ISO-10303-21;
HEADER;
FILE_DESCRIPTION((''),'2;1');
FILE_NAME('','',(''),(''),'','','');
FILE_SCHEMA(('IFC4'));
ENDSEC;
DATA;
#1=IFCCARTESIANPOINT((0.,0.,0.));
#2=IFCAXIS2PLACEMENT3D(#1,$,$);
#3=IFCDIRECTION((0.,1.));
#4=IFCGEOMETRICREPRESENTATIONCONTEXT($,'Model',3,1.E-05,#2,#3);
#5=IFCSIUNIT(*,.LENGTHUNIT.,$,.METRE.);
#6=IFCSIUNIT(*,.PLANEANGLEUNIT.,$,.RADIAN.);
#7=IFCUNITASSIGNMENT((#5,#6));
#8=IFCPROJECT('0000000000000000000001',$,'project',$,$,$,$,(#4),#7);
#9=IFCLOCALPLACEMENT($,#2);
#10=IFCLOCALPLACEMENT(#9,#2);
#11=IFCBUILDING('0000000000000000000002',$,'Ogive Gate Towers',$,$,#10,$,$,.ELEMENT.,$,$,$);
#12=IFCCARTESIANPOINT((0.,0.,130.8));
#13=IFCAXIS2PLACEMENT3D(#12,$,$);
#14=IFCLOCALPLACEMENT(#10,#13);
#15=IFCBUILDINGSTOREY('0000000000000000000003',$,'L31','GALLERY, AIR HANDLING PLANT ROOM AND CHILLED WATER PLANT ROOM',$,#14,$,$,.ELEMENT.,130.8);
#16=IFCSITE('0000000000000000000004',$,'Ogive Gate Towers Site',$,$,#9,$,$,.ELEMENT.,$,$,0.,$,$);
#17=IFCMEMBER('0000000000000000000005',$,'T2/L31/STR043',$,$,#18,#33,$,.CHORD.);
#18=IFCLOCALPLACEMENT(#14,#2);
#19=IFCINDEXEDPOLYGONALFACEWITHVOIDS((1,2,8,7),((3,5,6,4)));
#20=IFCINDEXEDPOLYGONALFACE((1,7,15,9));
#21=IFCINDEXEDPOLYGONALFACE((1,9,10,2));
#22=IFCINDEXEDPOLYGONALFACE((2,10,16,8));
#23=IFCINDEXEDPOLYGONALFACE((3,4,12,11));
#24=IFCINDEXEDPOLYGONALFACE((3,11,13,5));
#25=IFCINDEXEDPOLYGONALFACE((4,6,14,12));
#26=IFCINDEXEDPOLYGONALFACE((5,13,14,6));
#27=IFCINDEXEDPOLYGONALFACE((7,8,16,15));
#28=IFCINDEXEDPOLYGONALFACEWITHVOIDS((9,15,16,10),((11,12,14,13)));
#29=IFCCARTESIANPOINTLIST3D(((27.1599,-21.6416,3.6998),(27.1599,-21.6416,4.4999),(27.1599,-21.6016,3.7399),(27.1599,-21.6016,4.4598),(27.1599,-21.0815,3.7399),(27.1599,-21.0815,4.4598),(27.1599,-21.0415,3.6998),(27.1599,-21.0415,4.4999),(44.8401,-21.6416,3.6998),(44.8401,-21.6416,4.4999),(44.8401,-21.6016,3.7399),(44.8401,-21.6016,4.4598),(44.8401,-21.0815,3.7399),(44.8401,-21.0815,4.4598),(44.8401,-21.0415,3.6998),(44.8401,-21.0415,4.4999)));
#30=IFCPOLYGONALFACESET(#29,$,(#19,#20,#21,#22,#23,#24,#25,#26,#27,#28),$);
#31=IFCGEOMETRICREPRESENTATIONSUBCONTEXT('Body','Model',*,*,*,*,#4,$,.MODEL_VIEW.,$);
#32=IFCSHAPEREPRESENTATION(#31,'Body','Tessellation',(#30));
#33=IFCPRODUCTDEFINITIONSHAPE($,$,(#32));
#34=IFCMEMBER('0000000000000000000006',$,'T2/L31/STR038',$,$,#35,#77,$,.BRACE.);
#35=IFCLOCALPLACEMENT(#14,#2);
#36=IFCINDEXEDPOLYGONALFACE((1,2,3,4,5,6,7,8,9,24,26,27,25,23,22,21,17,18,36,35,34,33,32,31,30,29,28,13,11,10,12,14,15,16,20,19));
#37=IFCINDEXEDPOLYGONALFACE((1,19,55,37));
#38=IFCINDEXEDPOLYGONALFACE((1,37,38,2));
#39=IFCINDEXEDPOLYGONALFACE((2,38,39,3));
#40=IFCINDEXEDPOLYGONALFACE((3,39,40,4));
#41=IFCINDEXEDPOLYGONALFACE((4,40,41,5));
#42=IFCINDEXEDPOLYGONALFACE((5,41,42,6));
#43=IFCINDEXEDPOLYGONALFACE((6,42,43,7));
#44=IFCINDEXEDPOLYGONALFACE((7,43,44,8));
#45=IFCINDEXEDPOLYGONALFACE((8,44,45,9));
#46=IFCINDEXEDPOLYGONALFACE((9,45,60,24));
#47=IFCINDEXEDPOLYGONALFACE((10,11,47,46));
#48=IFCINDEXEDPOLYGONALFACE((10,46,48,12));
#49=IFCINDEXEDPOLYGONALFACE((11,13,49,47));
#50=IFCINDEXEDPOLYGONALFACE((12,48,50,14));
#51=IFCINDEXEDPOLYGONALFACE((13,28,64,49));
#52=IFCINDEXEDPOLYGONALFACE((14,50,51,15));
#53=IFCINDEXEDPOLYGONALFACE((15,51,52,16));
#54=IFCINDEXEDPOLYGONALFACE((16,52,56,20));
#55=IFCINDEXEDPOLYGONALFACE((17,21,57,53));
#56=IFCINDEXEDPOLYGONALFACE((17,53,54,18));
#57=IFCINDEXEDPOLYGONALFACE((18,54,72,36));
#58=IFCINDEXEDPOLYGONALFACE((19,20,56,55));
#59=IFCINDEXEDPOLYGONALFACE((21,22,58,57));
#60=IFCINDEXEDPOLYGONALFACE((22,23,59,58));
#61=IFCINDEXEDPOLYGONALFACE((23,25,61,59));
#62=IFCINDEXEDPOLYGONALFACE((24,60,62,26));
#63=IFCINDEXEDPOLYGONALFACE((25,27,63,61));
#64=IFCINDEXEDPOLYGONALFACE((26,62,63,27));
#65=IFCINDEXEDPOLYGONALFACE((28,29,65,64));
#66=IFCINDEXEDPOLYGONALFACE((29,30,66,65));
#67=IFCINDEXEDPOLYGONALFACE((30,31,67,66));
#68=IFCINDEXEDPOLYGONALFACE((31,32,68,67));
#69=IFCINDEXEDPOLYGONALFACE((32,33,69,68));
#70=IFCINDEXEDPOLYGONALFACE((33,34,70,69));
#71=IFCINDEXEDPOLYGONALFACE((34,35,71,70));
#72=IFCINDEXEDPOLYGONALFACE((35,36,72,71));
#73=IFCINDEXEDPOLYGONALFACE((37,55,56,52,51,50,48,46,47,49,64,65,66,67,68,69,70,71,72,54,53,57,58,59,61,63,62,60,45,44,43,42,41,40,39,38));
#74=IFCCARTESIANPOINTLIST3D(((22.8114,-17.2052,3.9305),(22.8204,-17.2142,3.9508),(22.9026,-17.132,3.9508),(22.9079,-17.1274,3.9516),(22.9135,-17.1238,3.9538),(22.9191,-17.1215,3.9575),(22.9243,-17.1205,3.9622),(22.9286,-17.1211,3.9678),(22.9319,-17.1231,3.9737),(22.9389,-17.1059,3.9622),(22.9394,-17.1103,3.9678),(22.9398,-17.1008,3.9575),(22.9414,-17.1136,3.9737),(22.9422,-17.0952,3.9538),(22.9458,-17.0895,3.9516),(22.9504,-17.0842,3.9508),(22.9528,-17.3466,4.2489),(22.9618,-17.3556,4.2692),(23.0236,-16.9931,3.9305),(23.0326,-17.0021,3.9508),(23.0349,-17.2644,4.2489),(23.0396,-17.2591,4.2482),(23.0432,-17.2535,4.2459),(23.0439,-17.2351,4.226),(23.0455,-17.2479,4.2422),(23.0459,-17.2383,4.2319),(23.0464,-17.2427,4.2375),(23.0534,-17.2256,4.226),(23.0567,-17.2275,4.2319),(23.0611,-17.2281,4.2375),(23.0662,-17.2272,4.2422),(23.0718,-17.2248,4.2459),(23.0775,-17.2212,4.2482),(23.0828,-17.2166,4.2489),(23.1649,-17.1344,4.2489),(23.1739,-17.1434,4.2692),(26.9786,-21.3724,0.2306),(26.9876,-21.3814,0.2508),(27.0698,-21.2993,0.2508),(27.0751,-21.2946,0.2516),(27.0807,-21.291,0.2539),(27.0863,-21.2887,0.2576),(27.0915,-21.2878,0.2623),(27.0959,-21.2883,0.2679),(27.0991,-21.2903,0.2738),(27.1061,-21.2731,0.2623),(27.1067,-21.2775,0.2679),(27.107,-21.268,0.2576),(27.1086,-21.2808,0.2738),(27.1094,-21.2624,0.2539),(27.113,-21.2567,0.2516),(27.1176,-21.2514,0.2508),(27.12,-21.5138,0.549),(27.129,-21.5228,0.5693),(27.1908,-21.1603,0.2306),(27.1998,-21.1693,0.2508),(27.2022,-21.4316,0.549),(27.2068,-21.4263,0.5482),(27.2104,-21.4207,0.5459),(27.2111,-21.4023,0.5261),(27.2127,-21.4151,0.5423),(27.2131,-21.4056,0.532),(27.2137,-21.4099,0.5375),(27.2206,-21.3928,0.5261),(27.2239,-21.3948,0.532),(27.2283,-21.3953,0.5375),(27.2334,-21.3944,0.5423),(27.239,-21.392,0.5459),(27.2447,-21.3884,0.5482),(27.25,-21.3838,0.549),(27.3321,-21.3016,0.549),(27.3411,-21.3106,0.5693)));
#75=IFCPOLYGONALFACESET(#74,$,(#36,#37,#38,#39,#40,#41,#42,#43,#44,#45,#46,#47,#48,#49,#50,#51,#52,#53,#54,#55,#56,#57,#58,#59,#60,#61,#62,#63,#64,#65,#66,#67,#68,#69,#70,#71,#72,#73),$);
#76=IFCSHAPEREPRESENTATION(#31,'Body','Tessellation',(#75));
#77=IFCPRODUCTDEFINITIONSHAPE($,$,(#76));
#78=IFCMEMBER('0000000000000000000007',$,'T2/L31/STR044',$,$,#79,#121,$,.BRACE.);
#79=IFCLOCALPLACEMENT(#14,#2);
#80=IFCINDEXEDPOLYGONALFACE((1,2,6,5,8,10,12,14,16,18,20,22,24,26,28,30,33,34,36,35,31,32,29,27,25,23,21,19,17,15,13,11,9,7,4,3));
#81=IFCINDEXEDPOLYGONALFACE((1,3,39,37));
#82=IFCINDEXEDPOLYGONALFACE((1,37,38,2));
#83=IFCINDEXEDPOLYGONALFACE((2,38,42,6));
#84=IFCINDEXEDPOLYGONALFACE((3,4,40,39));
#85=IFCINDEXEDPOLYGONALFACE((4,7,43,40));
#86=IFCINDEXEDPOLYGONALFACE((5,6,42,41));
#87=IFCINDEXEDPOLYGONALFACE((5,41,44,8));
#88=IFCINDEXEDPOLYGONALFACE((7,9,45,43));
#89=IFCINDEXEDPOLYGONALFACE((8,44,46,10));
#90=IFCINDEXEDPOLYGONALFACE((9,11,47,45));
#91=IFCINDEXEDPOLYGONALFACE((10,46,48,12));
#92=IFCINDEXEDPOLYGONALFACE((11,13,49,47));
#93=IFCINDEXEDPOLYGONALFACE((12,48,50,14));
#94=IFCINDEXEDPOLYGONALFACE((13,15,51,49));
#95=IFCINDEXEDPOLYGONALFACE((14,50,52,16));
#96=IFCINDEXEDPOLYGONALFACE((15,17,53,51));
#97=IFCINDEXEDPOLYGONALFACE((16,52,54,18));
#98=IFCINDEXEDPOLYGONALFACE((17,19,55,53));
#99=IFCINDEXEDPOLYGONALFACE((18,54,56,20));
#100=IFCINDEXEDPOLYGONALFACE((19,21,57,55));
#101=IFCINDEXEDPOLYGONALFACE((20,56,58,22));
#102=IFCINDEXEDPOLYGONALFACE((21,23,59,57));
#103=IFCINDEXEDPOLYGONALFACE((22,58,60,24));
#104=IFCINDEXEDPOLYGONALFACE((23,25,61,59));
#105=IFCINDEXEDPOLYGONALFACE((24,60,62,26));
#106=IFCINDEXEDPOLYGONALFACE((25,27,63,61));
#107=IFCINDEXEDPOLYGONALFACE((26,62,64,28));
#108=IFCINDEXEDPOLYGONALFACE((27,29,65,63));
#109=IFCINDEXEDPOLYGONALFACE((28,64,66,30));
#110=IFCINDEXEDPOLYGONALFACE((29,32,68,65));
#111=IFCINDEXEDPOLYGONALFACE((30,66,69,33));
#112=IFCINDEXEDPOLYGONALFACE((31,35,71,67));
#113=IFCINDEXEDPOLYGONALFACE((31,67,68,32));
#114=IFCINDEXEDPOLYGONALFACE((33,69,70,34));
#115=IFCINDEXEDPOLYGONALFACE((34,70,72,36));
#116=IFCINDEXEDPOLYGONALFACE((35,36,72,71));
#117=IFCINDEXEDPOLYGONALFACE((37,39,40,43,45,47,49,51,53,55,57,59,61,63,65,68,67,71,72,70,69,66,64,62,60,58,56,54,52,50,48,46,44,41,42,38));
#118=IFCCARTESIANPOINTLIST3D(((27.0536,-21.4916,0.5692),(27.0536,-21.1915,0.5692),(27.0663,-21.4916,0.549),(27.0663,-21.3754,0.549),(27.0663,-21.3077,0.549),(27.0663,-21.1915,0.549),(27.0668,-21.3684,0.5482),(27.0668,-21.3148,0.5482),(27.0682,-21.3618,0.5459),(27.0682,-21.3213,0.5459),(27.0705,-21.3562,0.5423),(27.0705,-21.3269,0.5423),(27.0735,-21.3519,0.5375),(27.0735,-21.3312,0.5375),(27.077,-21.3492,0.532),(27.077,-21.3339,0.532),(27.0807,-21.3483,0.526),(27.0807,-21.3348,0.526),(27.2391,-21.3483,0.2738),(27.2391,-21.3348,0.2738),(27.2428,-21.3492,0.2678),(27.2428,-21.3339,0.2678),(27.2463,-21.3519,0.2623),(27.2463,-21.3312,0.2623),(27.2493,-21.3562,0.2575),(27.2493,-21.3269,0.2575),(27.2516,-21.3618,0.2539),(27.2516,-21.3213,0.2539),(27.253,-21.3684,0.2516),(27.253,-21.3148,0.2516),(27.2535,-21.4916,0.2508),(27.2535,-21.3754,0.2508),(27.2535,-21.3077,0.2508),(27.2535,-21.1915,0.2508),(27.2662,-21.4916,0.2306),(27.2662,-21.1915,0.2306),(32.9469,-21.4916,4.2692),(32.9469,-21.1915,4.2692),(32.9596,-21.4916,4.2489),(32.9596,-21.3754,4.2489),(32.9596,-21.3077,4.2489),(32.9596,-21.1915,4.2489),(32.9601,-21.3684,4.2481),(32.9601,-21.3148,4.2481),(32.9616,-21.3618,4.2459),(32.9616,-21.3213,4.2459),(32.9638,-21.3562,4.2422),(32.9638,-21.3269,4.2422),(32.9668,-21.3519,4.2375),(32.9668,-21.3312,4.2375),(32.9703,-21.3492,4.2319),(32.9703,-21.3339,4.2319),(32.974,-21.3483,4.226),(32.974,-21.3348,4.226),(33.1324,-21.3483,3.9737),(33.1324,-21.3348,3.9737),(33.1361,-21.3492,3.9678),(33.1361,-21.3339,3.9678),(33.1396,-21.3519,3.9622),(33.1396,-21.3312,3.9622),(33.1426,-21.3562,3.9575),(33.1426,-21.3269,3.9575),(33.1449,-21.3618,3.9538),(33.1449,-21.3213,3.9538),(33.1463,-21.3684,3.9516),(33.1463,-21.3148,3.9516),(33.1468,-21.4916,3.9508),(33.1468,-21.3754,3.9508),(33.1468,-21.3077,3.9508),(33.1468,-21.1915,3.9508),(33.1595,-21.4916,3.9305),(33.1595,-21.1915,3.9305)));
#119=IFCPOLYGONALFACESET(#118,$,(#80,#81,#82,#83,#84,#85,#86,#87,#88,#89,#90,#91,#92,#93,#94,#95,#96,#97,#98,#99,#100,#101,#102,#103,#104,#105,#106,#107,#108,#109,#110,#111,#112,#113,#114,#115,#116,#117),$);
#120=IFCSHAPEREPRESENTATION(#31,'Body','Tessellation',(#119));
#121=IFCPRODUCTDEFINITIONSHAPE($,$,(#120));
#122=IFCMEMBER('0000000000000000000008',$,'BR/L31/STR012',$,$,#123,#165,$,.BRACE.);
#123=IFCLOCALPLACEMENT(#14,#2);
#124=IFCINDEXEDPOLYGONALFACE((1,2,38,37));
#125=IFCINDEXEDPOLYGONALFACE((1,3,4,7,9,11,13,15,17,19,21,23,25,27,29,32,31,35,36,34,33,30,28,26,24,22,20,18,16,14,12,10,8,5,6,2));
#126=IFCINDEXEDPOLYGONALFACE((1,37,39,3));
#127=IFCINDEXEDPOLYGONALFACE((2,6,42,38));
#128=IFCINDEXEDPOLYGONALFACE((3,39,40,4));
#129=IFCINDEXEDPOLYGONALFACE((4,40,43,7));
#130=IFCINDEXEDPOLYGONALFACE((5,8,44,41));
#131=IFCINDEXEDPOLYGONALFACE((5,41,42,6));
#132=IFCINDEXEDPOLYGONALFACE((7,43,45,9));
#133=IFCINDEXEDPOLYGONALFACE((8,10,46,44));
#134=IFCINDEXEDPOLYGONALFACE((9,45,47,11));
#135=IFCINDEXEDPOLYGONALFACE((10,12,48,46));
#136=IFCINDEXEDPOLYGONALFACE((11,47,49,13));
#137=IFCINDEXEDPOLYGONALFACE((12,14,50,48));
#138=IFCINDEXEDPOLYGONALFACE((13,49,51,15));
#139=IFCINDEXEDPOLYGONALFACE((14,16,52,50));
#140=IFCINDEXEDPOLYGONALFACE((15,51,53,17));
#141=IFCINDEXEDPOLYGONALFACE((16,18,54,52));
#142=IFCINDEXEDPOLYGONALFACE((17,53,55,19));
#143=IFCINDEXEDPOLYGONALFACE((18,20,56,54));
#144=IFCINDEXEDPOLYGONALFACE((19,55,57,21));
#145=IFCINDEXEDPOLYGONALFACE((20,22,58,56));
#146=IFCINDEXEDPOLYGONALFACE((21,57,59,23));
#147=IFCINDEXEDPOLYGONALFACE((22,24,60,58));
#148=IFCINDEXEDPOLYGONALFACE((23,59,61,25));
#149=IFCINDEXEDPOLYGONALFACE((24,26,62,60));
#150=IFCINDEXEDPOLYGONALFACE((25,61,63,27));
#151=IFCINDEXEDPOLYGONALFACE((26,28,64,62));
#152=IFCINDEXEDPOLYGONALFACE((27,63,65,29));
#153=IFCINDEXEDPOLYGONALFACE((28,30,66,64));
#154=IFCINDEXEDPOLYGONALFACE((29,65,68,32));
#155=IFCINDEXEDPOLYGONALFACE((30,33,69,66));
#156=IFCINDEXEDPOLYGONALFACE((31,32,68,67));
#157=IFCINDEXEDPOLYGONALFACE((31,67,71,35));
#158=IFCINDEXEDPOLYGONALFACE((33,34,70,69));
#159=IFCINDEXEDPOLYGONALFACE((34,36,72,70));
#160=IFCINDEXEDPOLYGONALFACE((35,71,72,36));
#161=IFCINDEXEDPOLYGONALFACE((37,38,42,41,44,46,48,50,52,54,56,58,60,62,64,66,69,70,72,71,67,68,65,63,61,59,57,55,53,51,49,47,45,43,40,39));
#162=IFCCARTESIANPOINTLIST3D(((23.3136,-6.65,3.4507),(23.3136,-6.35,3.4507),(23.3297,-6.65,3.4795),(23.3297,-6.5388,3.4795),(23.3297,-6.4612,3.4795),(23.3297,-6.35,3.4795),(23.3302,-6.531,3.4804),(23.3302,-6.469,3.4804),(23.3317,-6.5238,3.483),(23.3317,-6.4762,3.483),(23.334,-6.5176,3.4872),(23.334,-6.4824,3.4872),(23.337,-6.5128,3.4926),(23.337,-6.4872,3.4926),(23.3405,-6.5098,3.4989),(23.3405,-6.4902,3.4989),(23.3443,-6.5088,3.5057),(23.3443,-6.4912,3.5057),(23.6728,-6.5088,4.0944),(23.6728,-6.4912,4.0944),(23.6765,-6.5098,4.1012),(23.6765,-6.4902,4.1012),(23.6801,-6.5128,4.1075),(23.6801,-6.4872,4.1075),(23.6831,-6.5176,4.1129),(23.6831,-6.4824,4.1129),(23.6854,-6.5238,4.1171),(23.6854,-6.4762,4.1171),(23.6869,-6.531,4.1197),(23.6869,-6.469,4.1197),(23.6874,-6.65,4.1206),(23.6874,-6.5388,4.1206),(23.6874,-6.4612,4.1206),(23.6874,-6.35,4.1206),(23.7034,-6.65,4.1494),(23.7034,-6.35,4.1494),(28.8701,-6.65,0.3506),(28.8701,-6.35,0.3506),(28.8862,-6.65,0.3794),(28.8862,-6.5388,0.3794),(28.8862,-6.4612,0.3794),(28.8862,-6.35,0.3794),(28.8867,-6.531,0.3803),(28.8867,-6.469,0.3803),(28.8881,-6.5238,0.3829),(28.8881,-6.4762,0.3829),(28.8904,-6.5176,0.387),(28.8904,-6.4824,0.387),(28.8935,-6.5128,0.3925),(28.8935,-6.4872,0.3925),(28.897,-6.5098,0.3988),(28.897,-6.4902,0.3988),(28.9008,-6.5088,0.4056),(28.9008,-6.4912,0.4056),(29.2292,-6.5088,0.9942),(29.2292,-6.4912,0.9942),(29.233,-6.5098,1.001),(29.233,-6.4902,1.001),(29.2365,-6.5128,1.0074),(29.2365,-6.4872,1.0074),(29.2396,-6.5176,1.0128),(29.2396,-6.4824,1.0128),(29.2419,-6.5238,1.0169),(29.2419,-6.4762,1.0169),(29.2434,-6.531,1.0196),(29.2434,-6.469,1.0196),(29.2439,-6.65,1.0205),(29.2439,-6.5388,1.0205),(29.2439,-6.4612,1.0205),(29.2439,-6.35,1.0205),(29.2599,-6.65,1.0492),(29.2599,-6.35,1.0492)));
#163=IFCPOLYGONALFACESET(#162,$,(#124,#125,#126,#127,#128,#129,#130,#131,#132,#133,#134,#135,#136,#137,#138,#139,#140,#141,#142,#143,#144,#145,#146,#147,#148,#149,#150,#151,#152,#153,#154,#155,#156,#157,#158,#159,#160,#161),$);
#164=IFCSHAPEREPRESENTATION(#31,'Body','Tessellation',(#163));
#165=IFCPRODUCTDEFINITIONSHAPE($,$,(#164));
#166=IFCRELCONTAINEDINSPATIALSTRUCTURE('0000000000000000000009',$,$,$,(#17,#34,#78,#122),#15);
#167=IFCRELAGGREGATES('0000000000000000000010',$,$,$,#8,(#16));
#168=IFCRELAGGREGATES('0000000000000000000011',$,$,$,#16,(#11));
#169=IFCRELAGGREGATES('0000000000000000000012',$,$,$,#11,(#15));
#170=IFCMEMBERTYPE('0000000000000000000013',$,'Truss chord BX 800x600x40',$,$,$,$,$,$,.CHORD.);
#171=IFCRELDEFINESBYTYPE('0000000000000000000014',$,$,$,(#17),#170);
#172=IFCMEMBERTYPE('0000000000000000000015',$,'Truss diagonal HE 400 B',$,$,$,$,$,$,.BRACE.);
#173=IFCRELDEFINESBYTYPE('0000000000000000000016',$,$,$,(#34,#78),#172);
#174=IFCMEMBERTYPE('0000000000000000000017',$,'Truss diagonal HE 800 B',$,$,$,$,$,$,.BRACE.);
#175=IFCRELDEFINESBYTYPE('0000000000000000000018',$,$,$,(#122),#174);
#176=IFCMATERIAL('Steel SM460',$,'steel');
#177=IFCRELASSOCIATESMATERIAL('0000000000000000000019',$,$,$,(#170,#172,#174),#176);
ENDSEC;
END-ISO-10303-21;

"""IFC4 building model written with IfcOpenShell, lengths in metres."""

from ifc_helpers import new_model, si_unit, direction, frame, origin, origin_2d, place, context, subcontext, project, spatial, hollow_rectangle, i_section, extrude, material, material_profile, profile_set, type_object, element, save


model = new_model("IFC4")

# Units and contexts
model_context = context("Model", 3, precision=1e-05, world=origin(), true_north=direction((0.0, 1.0)))
body_context = subcontext(model_context, "Body", "Model", "MODEL_VIEW")
ifc_project = project(units=[si_unit("LENGTHUNIT", "METRE"), si_unit("PLANEANGLEUNIT", "RADIAN")], contexts=[model_context])

# Site, building, storey
site_placement = place(None, origin())
site = spatial("IfcSite", under=ifc_project, at=site_placement, Name="Ogive Gate Towers Site", CompositionType="ELEMENT", RefElevation=0.0)
building_placement = place(site_placement, origin())
building = spatial("IfcBuilding", under=site, at=building_placement, Name="Ogive Gate Towers", CompositionType="ELEMENT")
storey_placement = place(building_placement, frame((0.0, 0.0, 130.8)))
storey = spatial("IfcBuildingStorey", under=building, at=storey_placement, Name="L31", Description="GALLERY, AIR HANDLING PLANT ROOM AND CHILLED WATER PLANT ROOM", CompositionType="ELEMENT", Elevation=130.8)

# Shared definitions
ifc_material_1 = material(Name="Steel SM460", Category="steel")

# Members
ifc_material_profile_1 = material_profile(ifc_material_1, hollow_rectangle(XDim=0.6001, YDim=0.8, WallThickness=0.04, at=origin_2d()), Name="BX 800x600x40")
ifc_profile_set_1 = profile_set([ifc_material_profile_1], Name="Steel SM460")
member_type_1 = type_object("IfcMemberType", Name="Truss chord BX 800x600x40", PredefinedType="CHORD", material=ifc_profile_set_1)
for number, where, z_axis, x_axis, name in (
    (1, (27.1599, -21.3416, 4.0999), (1.0, 0.0, 0.0), (0.0, 1.0, 0.0), "T2/L31/STR043"),
):
    element("IfcMember", number, at=place(storey_placement, frame(where, z_axis=z_axis, x_axis=x_axis)), inside=storey, type_object=member_type_1, Name=name, PredefinedType="CHORD", context=body_context, shape_type="SweptSolid", body=[
        extrude(hollow_rectangle(XDim=0.6001, YDim=0.8, WallThickness=0.04, at=origin_2d()), origin(), (0.0, 0.0, 1.0), 17.6802),
    ])
ifc_material_profile_2 = material_profile(ifc_material_1, i_section(OverallWidth=0.3, OverallDepth=0.3999, WebThickness=0.0134, FlangeThickness=0.0239, FilletRadius=0.0271, at=origin_2d()), Name="HE 400 B")
ifc_profile_set_2 = profile_set([ifc_material_profile_2], Name="Steel SM460")
member_type_2 = type_object("IfcMemberType", Name="Truss diagonal HE 400 B", PredefinedType="BRACE", material=ifc_profile_set_2)
for number, where, z_axis, x_axis, name in (
    (2, (22.9927, -17.1743, 4.0999), (0.598866, -0.598866, -0.531713), (0.707107, 0.707107, 0.0), "T2/L31/STR038"),
    (3, (27.1599, -21.3416, 0.3999), (0.846922, 0.0, 0.531717), (0.0, 1.0, 0.0), "T2/L31/STR044"),
):
    element("IfcMember", number, at=place(storey_placement, frame(where, z_axis=z_axis, x_axis=x_axis)), inside=storey, type_object=member_type_2, Name=name, PredefinedType="BRACE", context=body_context, shape_type="SweptSolid", body=[
        extrude(i_section(OverallWidth=0.3, OverallDepth=0.3999, WebThickness=0.0134, FlangeThickness=0.0239, FilletRadius=0.0271, at=origin_2d()), origin(), (0.0, 0.0, 1.0), 6.9585),
    ])
ifc_material_profile_3 = material_profile(ifc_material_1, i_section(OverallWidth=0.3, OverallDepth=0.8, WebThickness=0.0176, FlangeThickness=0.033, FilletRadius=0.03, at=origin_2d()), Name="HE 800 B")
ifc_profile_set_3 = profile_set([ifc_material_profile_3], Name="Steel SM460")
member_type_3 = type_object("IfcMemberType", Name="Truss diagonal HE 800 B", PredefinedType="BRACE", material=ifc_profile_set_3)
member_placement = place(storey_placement, frame((23.5085, -6.5, 3.8), z_axis=(0.873274, 0.0, -0.487229), x_axis=(0.0, 1.0, 0.0)))
element("IfcMember", 4, at=member_placement, inside=storey, type_object=member_type_3, Name="BR/L31/STR012", PredefinedType="BRACE", context=body_context, shape_type="SweptSolid", body=[
    extrude(i_section(OverallWidth=0.3, OverallDepth=0.8, WebThickness=0.0176, FlangeThickness=0.033, FilletRadius=0.03, at=origin_2d()), origin(), (0.0, 0.0, 1.0), 6.3628),
])

save(model, "model.ifc")
